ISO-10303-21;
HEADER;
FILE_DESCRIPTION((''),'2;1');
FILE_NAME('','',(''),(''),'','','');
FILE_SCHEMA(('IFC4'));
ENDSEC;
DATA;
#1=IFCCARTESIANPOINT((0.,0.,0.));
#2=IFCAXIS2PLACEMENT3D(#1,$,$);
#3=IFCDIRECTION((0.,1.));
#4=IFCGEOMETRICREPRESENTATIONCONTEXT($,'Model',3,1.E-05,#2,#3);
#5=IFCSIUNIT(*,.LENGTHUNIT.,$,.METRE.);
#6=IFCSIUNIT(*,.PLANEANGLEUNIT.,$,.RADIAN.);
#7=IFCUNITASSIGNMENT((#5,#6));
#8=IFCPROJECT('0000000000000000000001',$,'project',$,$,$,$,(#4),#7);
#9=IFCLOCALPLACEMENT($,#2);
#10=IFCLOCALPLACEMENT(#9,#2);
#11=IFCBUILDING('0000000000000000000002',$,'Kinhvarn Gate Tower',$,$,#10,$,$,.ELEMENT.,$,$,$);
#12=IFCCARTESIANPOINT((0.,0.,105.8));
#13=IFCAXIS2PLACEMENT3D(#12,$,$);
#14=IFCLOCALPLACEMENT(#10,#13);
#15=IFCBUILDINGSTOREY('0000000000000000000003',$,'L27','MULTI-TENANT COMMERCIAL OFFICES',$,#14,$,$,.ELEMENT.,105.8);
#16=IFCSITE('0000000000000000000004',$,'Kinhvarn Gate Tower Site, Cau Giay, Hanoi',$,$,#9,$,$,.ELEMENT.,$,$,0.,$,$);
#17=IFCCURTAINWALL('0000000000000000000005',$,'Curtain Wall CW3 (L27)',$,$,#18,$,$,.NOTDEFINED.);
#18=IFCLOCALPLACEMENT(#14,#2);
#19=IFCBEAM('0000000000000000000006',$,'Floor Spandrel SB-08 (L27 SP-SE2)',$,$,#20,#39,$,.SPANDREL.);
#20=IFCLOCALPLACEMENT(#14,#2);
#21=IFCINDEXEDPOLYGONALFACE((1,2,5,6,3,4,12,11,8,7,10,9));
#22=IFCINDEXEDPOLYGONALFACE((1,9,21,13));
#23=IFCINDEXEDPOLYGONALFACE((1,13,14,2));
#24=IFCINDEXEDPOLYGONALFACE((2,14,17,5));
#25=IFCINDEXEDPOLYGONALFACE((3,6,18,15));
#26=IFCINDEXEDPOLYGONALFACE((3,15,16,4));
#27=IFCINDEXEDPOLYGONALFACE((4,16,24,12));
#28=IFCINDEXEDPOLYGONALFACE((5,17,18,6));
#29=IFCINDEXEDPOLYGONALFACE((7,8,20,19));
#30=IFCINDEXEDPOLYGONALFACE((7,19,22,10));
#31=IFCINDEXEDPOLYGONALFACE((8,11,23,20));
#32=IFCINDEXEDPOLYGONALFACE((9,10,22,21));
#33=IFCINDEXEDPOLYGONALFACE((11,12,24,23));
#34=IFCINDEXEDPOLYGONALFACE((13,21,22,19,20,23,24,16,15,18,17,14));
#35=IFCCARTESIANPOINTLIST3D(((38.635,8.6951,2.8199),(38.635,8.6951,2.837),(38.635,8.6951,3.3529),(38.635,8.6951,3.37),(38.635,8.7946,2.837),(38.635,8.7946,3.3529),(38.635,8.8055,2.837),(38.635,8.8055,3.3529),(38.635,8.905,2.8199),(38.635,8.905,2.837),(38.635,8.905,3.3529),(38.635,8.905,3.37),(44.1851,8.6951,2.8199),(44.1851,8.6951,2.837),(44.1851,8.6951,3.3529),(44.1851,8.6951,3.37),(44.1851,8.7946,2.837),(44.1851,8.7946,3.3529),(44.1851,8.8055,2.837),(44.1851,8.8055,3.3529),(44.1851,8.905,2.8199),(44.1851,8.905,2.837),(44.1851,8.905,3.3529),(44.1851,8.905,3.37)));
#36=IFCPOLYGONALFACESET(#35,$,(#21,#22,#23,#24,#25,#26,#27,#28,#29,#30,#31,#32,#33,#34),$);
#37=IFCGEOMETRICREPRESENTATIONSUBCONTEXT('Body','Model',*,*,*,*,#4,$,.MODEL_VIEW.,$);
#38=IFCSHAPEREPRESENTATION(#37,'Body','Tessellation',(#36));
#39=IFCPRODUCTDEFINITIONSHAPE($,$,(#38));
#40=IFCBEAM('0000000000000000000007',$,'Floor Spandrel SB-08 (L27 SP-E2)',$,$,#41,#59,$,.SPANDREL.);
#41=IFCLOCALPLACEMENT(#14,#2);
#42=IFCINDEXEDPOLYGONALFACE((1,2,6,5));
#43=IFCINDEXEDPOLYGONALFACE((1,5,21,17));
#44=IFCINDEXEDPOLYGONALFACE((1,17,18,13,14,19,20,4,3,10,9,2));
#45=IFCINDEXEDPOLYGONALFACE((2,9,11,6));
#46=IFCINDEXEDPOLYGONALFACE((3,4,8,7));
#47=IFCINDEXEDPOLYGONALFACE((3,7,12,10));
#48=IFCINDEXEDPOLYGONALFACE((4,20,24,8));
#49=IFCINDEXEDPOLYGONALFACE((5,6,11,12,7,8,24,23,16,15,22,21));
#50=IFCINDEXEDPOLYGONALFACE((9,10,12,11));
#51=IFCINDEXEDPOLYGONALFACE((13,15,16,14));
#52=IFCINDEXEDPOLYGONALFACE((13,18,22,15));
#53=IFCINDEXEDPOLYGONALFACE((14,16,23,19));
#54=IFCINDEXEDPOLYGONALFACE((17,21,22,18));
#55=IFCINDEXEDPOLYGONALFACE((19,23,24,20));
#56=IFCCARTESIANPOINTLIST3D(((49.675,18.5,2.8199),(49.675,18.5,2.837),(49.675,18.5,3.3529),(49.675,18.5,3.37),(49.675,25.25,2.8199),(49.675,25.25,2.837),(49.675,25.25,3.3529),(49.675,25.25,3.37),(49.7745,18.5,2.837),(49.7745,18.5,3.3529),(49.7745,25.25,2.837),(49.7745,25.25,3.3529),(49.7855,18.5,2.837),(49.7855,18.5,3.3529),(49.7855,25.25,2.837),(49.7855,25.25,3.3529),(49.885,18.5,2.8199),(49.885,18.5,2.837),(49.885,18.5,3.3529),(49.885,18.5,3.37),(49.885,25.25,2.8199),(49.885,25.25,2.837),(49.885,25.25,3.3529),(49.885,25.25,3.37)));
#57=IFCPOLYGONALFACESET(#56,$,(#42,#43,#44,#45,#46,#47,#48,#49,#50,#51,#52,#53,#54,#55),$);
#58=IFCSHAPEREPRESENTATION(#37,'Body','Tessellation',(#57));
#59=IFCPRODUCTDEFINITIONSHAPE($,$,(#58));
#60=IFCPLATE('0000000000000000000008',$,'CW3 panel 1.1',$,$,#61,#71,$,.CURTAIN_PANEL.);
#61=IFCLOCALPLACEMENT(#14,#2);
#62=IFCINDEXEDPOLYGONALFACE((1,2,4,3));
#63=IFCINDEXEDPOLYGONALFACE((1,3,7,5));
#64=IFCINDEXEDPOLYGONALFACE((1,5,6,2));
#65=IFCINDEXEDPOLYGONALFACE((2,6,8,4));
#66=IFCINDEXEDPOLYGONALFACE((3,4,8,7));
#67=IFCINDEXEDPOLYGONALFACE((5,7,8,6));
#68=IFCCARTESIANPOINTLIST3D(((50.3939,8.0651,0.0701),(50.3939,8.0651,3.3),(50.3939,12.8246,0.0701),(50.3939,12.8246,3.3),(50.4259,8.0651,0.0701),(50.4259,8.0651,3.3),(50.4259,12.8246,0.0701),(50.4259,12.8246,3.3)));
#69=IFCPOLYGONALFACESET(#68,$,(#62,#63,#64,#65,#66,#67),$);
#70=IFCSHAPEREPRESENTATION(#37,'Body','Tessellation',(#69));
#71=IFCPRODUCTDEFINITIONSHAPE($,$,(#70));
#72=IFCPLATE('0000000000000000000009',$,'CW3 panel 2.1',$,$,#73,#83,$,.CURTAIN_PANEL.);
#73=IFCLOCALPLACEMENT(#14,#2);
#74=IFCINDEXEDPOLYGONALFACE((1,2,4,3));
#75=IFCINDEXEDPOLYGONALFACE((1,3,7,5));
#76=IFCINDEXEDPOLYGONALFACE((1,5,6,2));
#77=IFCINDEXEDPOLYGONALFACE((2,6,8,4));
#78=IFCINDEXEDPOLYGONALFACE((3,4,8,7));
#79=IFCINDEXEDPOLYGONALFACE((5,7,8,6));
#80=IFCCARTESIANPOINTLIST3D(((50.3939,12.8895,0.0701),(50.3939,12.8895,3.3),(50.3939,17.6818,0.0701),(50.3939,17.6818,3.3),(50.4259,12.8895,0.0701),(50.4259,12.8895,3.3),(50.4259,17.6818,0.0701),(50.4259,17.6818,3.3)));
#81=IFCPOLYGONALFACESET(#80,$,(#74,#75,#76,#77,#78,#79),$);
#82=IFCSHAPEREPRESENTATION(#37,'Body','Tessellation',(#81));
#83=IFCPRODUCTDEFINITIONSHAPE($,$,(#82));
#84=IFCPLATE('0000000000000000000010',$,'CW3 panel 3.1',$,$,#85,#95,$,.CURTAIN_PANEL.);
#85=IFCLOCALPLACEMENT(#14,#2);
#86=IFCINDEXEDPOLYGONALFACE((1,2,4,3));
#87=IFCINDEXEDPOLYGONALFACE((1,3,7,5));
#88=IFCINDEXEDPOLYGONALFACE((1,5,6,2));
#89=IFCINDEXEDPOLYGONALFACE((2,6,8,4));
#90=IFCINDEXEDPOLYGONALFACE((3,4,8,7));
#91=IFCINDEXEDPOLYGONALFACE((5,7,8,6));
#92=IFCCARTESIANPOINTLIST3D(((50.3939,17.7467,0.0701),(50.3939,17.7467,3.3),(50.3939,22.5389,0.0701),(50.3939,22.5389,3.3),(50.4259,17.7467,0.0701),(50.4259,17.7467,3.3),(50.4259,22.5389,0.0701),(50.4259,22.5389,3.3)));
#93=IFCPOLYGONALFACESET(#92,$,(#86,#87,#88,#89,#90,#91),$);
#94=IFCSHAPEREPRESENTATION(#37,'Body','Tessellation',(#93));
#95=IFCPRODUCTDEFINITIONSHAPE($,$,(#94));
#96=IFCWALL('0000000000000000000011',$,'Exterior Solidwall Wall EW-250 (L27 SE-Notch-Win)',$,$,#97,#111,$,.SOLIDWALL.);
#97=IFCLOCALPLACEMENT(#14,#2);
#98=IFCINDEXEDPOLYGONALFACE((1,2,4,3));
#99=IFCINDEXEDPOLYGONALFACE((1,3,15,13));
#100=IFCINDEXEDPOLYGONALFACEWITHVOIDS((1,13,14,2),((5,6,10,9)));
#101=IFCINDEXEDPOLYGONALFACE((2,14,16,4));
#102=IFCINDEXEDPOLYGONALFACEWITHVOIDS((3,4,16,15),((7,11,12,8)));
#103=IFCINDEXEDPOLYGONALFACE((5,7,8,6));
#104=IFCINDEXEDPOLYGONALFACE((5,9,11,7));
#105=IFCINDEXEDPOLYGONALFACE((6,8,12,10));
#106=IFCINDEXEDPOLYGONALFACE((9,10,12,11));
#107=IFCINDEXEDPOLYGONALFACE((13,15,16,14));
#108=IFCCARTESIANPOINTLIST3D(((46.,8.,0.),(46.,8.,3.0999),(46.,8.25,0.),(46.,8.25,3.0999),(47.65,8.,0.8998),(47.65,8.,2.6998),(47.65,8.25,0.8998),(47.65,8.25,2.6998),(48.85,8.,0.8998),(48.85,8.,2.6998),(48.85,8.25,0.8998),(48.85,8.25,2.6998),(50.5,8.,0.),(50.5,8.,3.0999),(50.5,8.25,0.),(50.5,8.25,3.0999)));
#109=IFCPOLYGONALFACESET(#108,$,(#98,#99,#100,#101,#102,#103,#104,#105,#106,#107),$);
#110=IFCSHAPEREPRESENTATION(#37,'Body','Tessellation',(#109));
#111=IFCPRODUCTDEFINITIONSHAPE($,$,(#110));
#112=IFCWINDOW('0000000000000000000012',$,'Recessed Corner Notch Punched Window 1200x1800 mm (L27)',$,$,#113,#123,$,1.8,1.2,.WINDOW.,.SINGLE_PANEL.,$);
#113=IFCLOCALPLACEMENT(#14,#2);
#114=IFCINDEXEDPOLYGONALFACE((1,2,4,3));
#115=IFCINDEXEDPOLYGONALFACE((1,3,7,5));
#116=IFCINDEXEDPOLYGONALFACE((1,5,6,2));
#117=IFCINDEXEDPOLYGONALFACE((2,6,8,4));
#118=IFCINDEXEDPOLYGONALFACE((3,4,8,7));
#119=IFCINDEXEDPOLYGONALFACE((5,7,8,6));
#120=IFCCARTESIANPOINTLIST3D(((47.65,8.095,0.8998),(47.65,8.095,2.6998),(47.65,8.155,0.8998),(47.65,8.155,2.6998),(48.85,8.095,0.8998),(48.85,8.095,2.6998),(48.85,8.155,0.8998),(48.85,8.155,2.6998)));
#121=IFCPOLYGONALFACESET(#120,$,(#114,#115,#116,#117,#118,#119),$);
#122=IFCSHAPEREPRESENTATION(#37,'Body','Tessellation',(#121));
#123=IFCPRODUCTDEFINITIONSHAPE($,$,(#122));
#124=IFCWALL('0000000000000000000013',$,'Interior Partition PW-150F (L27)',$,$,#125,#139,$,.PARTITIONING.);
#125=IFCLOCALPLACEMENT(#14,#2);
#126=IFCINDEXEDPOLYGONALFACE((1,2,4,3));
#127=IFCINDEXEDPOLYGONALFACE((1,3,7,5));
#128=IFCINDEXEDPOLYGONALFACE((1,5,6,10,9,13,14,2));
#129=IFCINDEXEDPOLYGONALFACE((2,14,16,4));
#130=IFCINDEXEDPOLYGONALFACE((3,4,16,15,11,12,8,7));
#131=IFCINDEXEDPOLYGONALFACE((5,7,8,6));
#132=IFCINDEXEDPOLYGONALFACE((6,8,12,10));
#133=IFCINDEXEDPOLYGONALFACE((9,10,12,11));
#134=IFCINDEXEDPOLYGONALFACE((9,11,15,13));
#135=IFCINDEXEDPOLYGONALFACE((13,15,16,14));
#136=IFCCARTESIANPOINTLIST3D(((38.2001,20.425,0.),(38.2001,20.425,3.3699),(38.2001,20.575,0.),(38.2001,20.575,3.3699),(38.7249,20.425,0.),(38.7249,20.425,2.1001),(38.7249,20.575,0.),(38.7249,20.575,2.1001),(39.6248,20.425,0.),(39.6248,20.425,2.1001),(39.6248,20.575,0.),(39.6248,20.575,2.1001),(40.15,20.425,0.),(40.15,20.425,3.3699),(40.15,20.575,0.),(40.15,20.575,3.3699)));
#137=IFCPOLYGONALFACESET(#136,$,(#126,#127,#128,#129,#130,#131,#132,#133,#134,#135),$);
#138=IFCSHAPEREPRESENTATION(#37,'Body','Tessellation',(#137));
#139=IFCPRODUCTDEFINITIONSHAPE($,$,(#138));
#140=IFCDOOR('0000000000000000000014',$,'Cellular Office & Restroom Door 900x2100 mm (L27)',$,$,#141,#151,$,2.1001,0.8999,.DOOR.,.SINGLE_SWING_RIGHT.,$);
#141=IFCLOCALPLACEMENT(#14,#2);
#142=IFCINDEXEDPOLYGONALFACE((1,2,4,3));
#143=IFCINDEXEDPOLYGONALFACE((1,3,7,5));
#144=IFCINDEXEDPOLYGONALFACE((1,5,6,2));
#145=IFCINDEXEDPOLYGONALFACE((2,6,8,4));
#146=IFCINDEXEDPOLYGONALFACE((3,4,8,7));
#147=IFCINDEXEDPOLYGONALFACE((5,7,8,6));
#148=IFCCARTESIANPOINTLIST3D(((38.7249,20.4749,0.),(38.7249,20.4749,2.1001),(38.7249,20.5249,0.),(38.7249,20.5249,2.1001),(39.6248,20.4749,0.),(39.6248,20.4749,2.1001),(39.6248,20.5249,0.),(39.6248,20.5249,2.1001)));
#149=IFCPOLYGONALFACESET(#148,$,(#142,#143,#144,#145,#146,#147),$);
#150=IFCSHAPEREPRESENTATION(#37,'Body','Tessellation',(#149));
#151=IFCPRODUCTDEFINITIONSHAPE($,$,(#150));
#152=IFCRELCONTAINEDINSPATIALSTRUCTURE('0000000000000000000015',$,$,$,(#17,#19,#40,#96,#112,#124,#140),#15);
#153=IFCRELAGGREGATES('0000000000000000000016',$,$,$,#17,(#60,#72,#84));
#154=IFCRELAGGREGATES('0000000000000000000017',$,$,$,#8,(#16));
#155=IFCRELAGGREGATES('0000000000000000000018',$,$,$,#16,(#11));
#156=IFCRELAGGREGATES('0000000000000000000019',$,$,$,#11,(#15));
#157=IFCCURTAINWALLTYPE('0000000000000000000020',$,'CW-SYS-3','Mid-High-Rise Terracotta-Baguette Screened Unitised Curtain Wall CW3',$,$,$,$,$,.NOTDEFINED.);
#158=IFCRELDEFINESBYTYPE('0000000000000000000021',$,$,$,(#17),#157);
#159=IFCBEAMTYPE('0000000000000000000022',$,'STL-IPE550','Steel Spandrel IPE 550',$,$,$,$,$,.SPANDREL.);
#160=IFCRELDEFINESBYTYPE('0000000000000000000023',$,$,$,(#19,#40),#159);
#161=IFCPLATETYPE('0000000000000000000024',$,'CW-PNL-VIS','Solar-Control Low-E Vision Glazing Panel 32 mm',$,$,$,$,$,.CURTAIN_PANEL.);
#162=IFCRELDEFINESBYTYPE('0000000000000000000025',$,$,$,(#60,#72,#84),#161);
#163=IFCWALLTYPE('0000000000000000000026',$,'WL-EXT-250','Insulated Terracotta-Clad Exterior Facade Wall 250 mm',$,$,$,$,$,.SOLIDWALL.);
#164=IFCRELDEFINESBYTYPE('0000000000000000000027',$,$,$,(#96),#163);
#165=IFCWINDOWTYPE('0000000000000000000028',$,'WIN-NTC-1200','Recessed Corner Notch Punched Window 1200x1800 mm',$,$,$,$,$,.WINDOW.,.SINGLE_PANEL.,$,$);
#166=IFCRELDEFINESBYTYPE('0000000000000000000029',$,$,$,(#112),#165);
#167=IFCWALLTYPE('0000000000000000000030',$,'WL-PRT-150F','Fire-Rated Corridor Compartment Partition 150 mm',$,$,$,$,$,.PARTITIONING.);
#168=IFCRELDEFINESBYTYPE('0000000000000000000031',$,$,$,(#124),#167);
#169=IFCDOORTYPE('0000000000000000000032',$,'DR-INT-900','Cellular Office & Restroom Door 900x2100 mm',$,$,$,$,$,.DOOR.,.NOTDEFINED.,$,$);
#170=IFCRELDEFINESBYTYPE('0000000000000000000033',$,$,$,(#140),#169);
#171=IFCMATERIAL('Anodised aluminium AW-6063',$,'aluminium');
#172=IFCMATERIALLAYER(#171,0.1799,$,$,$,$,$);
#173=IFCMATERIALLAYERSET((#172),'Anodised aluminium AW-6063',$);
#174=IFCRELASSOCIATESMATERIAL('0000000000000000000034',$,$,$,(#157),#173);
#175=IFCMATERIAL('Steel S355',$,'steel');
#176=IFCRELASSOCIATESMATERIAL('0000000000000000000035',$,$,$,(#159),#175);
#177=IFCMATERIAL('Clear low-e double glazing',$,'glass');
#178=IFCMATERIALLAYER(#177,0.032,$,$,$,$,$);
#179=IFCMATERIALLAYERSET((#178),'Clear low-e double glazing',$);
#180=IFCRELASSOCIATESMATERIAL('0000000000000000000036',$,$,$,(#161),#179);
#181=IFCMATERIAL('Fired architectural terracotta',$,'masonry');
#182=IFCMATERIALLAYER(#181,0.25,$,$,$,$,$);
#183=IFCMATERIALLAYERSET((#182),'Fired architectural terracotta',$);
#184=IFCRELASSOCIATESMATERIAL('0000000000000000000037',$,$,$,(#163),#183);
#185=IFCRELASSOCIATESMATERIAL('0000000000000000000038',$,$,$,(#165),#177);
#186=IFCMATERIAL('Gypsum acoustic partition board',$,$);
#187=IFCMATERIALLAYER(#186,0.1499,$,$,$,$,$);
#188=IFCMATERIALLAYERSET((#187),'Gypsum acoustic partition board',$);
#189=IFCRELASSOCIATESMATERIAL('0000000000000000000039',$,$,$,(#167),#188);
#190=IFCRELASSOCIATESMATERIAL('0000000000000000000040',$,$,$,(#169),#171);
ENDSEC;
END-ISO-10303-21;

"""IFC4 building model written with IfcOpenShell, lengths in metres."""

from ifc_helpers import new_model, si_unit, direction, frame, frame_2d, origin, origin_2d, place, context, subcontext, project, spatial, rectangle, i_section, extrude, material, layer, layer_set, material_profile, profile_set, type_object, element, fill, aggregate, save


model = new_model("IFC4")

# Units and contexts
model_context = context("Model", 3, precision=1e-05, world=origin(), true_north=direction((0.0, 1.0)))
body_context = subcontext(model_context, "Body", "Model", "MODEL_VIEW")
ifc_project = project(units=[si_unit("LENGTHUNIT", "METRE"), si_unit("PLANEANGLEUNIT", "RADIAN")], contexts=[model_context])

# Site, building, storey
site_placement = place(None, origin())
site = spatial("IfcSite", under=ifc_project, at=site_placement, Name="Kinhvarn Gate Tower Site, Cau Giay, Hanoi", CompositionType="ELEMENT", RefElevation=0.0)
building_placement = place(site_placement, origin())
building = spatial("IfcBuilding", under=site, at=building_placement, Name="Kinhvarn Gate Tower", CompositionType="ELEMENT")
storey_placement = place(building_placement, frame((0.0, 0.0, 105.8)))
storey = spatial("IfcBuildingStorey", under=building, at=storey_placement, Name="L27", Description="MULTI-TENANT COMMERCIAL OFFICES", CompositionType="ELEMENT", Elevation=105.8)

# Curtain wall
ifc_material_1 = material(Name="Anodised aluminium AW-6063", Category="aluminium")
ifc_layer_1 = layer(ifc_material_1, 0.1799)
ifc_layer_set_1 = layer_set([ifc_layer_1], Name="Anodised aluminium AW-6063")
curtain_wall_type = type_object("IfcCurtainWallType", Name="CW-SYS-3", Description="Mid-High-Rise Terracotta-Baguette Screened Unitised Curtain Wall CW3", PredefinedType="NOTDEFINED", material=ifc_layer_set_1)
curtain_wall_placement = place(storey_placement, origin())
curtain_wall = element("IfcCurtainWall", 1, at=curtain_wall_placement, inside=storey, type_object=curtain_wall_type, Name="Curtain Wall CW3 (L27)", PredefinedType="NOTDEFINED")

# Beams
ifc_material_2 = material(Name="Steel S355", Category="steel")
ifc_material_profile_1 = material_profile(ifc_material_2, i_section(OverallWidth=0.21, OverallDepth=0.55, WebThickness=0.011, FlangeThickness=0.0171, at=origin_2d()), Name="IPE 550")
ifc_profile_set_1 = profile_set([ifc_material_profile_1], Name="Steel S355")
beam_type_1 = type_object("IfcBeamType", Name="STL-IPE550", Description="Steel Spandrel IPE 550", PredefinedType="SPANDREL", material=ifc_profile_set_1)
beam_1_placement = place(storey_placement, frame((38.635, 8.8, 3.095), z_axis=(1.0, 0.0, 0.0), x_axis=(0.0, 1.0, 0.0)))
element("IfcBeam", 2, at=beam_1_placement, inside=storey, type_object=beam_type_1, Name="Floor Spandrel SB-08 (L27 SP-SE2)", PredefinedType="SPANDREL", context=body_context, shape_type="SweptSolid", body=[
    extrude(i_section(OverallWidth=0.21, OverallDepth=0.55, WebThickness=0.011, FlangeThickness=0.0171, at=origin_2d()), origin(), (0.0, 0.0, 1.0), 5.55),
])
beam_2_placement = place(storey_placement, frame((49.78, 18.5, 3.095), z_axis=(0.0, 1.0, 0.0), x_axis=(-1.0, 0.0, 0.0)))
element("IfcBeam", 3, at=beam_2_placement, inside=storey, type_object=beam_type_1, Name="Floor Spandrel SB-08 (L27 SP-E2)", PredefinedType="SPANDREL", context=body_context, shape_type="SweptSolid", body=[
    extrude(i_section(OverallWidth=0.21, OverallDepth=0.55, WebThickness=0.011, FlangeThickness=0.0171, at=origin_2d()), origin(), (0.0, 0.0, 1.0), 6.75),
])

# Plates
ifc_material_3 = material(Name="Clear low-e double glazing", Category="glass")
ifc_layer_2 = layer(ifc_material_3, 0.032)
ifc_layer_set_2 = layer_set([ifc_layer_2], Name="Clear low-e double glazing")
plate_type = type_object("IfcPlateType", Name="CW-PNL-VIS", Description="Solar-Control Low-E Vision Glazing Panel 32 mm", PredefinedType="CURTAIN_PANEL", material=ifc_layer_set_2)
plate_1_placement = place(storey_placement, frame((50.4099, 10.4448, 0.0701), z_axis=(0.0, 0.0, 1.0), x_axis=(0.0, 1.0, 0.0)))
plate_1 = element("IfcPlate", 4, at=plate_1_placement, type_object=plate_type, Name="CW3 panel 1.1", PredefinedType="CURTAIN_PANEL", context=body_context, shape_type="SweptSolid", body=[
    extrude(rectangle(XDim=4.7595, YDim=0.032, at=origin_2d()), origin(), (0.0, 0.0, 1.0), 3.23),
])
plate_2_placement = place(storey_placement, frame((50.4099, 15.2856, 0.0701), z_axis=(0.0, 0.0, 1.0), x_axis=(0.0, 1.0, 0.0)))
plate_2 = element("IfcPlate", 5, at=plate_2_placement, type_object=plate_type, Name="CW3 panel 2.1", PredefinedType="CURTAIN_PANEL", context=body_context, shape_type="SweptSolid", body=[
    extrude(rectangle(XDim=4.7922, YDim=0.032, at=origin_2d()), origin(), (0.0, 0.0, 1.0), 3.23),
])
plate_3_placement = place(storey_placement, frame((50.4099, 20.1428, 0.0701), z_axis=(0.0, 0.0, 1.0), x_axis=(0.0, 1.0, 0.0)))
plate_3 = element("IfcPlate", 6, at=plate_3_placement, type_object=plate_type, Name="CW3 panel 3.1", PredefinedType="CURTAIN_PANEL", context=body_context, shape_type="SweptSolid", body=[
    extrude(rectangle(XDim=4.7922, YDim=0.032, at=origin_2d()), origin(), (0.0, 0.0, 1.0), 3.23),
])
aggregate(curtain_wall, [plate_1, plate_2, plate_3])

# Wall, opening, window
ifc_material_4 = material(Name="Fired architectural terracotta", Category="masonry")
ifc_layer_3 = layer(ifc_material_4, 0.25)
ifc_layer_set_3 = layer_set([ifc_layer_3], Name="Fired architectural terracotta")
wall_type_1 = type_object("IfcWallType", Name="WL-EXT-250", Description="Insulated Terracotta-Clad Exterior Facade Wall 250 mm", PredefinedType="SOLIDWALL", material=ifc_layer_set_3)
wall_1_placement = place(storey_placement, frame((46.0, 8.125, 0.0), z_axis=(0.0, 0.0, 1.0), x_axis=(1.0, 0.0, 0.0)))
wall_1 = element("IfcWall", 7, at=wall_1_placement, inside=storey, type_object=wall_type_1, Name="Exterior Solidwall Wall EW-250 (L27 SE-Notch-Win)", PredefinedType="SOLIDWALL", context=body_context, shape_type="SweptSolid", body=[
    extrude(rectangle(XDim=4.5, YDim=0.25, at=frame_2d((2.25, 0.0))), origin(), (0.0, 0.0, 1.0), 3.0999),
])
opening_1_placement = place(wall_1_placement, frame((1.6499, 0.0, 0.8999)))
opening_1 = element("IfcOpeningElement", 8, at=opening_1_placement, cuts=wall_1, PredefinedType="OPENING", context=body_context, shape_type="SweptSolid", body=[
    extrude(rectangle(XDim=1.2, YDim=1.8, at=frame_2d((0.6001, 0.8999))), frame((0.0, 0.135, 0.0), z_axis=(0.0, -1.0, 0.0), x_axis=(1.0, 0.0, 0.0)), (0.0, 0.0, 1.0), 0.27),
])
window_type = type_object("IfcWindowType", Name="WIN-NTC-1200", Description="Recessed Corner Notch Punched Window 1200x1800 mm", PartitioningType="SINGLE_PANEL", PredefinedType="WINDOW", material=ifc_material_3)
window_placement = place(opening_1_placement, origin())
window = element("IfcWindow", 9, at=window_placement, inside=storey, type_object=window_type, Name="Recessed Corner Notch Punched Window 1200x1800 mm (L27)", OverallHeight=1.8, OverallWidth=1.2, PartitioningType="SINGLE_PANEL", PredefinedType="WINDOW", context=body_context, shape_type="SweptSolid", body=[
    extrude(rectangle(XDim=1.2, YDim=1.8, at=frame_2d((0.6001, 0.8999))), frame((0.0, 0.03, 0.0), z_axis=(0.0, -1.0, 0.0), x_axis=(1.0, 0.0, 0.0)), (0.0, 0.0, 1.0), 0.0601),
])
fill(opening_1, window)

# Wall, opening, door
ifc_material_5 = material(Name="Gypsum acoustic partition board")
ifc_layer_4 = layer(ifc_material_5, 0.1499)
ifc_layer_set_4 = layer_set([ifc_layer_4], Name="Gypsum acoustic partition board")
wall_type_2 = type_object("IfcWallType", Name="WL-PRT-150F", Description="Fire-Rated Corridor Compartment Partition 150 mm", PredefinedType="PARTITIONING", material=ifc_layer_set_4)
wall_2_placement = place(storey_placement, frame((38.2, 20.5, 0.0), z_axis=(0.0, 0.0, 1.0), x_axis=(1.0, 0.0, 0.0)))
wall_2 = element("IfcWall", 10, at=wall_2_placement, inside=storey, type_object=wall_type_2, Name="Interior Partition PW-150F (L27)", PredefinedType="PARTITIONING", context=body_context, shape_type="SweptSolid", body=[
    extrude(rectangle(XDim=1.95, YDim=0.1499, at=frame_2d((0.9751, 0.0))), origin(), (0.0, 0.0, 1.0), 3.3699),
])
opening_2_placement = place(wall_2_placement, frame((0.5249, 0.0, 0.0)))
opening_2 = element("IfcOpeningElement", 11, at=opening_2_placement, cuts=wall_2, PredefinedType="OPENING", context=body_context, shape_type="SweptSolid", body=[
    extrude(rectangle(XDim=0.8999, YDim=2.1001, at=frame_2d((0.45, 1.05))), frame((0.0, 0.085, 0.0), z_axis=(0.0, -1.0, 0.0), x_axis=(1.0, 0.0, 0.0)), (0.0, 0.0, 1.0), 0.1699),
])
door_type = type_object("IfcDoorType", Name="DR-INT-900", Description="Cellular Office & Restroom Door 900x2100 mm", OperationType="NOTDEFINED", PredefinedType="DOOR", material=ifc_material_1)
door_placement = place(opening_2_placement, origin())
door = element("IfcDoor", 12, at=door_placement, inside=storey, type_object=door_type, Name="Cellular Office & Restroom Door 900x2100 mm (L27)", OperationType="SINGLE_SWING_RIGHT", OverallHeight=2.1001, OverallWidth=0.8999, PredefinedType="DOOR", context=body_context, shape_type="SweptSolid", body=[
    extrude(rectangle(XDim=0.8999, YDim=2.1001, at=frame_2d((0.45, 1.05))), frame((0.0, 0.0249, 0.0), z_axis=(0.0, -1.0, 0.0), x_axis=(1.0, 0.0, 0.0)), (0.0, 0.0, 1.0), 0.05),
])
fill(opening_2, door)

save(model, "model.ifc")
